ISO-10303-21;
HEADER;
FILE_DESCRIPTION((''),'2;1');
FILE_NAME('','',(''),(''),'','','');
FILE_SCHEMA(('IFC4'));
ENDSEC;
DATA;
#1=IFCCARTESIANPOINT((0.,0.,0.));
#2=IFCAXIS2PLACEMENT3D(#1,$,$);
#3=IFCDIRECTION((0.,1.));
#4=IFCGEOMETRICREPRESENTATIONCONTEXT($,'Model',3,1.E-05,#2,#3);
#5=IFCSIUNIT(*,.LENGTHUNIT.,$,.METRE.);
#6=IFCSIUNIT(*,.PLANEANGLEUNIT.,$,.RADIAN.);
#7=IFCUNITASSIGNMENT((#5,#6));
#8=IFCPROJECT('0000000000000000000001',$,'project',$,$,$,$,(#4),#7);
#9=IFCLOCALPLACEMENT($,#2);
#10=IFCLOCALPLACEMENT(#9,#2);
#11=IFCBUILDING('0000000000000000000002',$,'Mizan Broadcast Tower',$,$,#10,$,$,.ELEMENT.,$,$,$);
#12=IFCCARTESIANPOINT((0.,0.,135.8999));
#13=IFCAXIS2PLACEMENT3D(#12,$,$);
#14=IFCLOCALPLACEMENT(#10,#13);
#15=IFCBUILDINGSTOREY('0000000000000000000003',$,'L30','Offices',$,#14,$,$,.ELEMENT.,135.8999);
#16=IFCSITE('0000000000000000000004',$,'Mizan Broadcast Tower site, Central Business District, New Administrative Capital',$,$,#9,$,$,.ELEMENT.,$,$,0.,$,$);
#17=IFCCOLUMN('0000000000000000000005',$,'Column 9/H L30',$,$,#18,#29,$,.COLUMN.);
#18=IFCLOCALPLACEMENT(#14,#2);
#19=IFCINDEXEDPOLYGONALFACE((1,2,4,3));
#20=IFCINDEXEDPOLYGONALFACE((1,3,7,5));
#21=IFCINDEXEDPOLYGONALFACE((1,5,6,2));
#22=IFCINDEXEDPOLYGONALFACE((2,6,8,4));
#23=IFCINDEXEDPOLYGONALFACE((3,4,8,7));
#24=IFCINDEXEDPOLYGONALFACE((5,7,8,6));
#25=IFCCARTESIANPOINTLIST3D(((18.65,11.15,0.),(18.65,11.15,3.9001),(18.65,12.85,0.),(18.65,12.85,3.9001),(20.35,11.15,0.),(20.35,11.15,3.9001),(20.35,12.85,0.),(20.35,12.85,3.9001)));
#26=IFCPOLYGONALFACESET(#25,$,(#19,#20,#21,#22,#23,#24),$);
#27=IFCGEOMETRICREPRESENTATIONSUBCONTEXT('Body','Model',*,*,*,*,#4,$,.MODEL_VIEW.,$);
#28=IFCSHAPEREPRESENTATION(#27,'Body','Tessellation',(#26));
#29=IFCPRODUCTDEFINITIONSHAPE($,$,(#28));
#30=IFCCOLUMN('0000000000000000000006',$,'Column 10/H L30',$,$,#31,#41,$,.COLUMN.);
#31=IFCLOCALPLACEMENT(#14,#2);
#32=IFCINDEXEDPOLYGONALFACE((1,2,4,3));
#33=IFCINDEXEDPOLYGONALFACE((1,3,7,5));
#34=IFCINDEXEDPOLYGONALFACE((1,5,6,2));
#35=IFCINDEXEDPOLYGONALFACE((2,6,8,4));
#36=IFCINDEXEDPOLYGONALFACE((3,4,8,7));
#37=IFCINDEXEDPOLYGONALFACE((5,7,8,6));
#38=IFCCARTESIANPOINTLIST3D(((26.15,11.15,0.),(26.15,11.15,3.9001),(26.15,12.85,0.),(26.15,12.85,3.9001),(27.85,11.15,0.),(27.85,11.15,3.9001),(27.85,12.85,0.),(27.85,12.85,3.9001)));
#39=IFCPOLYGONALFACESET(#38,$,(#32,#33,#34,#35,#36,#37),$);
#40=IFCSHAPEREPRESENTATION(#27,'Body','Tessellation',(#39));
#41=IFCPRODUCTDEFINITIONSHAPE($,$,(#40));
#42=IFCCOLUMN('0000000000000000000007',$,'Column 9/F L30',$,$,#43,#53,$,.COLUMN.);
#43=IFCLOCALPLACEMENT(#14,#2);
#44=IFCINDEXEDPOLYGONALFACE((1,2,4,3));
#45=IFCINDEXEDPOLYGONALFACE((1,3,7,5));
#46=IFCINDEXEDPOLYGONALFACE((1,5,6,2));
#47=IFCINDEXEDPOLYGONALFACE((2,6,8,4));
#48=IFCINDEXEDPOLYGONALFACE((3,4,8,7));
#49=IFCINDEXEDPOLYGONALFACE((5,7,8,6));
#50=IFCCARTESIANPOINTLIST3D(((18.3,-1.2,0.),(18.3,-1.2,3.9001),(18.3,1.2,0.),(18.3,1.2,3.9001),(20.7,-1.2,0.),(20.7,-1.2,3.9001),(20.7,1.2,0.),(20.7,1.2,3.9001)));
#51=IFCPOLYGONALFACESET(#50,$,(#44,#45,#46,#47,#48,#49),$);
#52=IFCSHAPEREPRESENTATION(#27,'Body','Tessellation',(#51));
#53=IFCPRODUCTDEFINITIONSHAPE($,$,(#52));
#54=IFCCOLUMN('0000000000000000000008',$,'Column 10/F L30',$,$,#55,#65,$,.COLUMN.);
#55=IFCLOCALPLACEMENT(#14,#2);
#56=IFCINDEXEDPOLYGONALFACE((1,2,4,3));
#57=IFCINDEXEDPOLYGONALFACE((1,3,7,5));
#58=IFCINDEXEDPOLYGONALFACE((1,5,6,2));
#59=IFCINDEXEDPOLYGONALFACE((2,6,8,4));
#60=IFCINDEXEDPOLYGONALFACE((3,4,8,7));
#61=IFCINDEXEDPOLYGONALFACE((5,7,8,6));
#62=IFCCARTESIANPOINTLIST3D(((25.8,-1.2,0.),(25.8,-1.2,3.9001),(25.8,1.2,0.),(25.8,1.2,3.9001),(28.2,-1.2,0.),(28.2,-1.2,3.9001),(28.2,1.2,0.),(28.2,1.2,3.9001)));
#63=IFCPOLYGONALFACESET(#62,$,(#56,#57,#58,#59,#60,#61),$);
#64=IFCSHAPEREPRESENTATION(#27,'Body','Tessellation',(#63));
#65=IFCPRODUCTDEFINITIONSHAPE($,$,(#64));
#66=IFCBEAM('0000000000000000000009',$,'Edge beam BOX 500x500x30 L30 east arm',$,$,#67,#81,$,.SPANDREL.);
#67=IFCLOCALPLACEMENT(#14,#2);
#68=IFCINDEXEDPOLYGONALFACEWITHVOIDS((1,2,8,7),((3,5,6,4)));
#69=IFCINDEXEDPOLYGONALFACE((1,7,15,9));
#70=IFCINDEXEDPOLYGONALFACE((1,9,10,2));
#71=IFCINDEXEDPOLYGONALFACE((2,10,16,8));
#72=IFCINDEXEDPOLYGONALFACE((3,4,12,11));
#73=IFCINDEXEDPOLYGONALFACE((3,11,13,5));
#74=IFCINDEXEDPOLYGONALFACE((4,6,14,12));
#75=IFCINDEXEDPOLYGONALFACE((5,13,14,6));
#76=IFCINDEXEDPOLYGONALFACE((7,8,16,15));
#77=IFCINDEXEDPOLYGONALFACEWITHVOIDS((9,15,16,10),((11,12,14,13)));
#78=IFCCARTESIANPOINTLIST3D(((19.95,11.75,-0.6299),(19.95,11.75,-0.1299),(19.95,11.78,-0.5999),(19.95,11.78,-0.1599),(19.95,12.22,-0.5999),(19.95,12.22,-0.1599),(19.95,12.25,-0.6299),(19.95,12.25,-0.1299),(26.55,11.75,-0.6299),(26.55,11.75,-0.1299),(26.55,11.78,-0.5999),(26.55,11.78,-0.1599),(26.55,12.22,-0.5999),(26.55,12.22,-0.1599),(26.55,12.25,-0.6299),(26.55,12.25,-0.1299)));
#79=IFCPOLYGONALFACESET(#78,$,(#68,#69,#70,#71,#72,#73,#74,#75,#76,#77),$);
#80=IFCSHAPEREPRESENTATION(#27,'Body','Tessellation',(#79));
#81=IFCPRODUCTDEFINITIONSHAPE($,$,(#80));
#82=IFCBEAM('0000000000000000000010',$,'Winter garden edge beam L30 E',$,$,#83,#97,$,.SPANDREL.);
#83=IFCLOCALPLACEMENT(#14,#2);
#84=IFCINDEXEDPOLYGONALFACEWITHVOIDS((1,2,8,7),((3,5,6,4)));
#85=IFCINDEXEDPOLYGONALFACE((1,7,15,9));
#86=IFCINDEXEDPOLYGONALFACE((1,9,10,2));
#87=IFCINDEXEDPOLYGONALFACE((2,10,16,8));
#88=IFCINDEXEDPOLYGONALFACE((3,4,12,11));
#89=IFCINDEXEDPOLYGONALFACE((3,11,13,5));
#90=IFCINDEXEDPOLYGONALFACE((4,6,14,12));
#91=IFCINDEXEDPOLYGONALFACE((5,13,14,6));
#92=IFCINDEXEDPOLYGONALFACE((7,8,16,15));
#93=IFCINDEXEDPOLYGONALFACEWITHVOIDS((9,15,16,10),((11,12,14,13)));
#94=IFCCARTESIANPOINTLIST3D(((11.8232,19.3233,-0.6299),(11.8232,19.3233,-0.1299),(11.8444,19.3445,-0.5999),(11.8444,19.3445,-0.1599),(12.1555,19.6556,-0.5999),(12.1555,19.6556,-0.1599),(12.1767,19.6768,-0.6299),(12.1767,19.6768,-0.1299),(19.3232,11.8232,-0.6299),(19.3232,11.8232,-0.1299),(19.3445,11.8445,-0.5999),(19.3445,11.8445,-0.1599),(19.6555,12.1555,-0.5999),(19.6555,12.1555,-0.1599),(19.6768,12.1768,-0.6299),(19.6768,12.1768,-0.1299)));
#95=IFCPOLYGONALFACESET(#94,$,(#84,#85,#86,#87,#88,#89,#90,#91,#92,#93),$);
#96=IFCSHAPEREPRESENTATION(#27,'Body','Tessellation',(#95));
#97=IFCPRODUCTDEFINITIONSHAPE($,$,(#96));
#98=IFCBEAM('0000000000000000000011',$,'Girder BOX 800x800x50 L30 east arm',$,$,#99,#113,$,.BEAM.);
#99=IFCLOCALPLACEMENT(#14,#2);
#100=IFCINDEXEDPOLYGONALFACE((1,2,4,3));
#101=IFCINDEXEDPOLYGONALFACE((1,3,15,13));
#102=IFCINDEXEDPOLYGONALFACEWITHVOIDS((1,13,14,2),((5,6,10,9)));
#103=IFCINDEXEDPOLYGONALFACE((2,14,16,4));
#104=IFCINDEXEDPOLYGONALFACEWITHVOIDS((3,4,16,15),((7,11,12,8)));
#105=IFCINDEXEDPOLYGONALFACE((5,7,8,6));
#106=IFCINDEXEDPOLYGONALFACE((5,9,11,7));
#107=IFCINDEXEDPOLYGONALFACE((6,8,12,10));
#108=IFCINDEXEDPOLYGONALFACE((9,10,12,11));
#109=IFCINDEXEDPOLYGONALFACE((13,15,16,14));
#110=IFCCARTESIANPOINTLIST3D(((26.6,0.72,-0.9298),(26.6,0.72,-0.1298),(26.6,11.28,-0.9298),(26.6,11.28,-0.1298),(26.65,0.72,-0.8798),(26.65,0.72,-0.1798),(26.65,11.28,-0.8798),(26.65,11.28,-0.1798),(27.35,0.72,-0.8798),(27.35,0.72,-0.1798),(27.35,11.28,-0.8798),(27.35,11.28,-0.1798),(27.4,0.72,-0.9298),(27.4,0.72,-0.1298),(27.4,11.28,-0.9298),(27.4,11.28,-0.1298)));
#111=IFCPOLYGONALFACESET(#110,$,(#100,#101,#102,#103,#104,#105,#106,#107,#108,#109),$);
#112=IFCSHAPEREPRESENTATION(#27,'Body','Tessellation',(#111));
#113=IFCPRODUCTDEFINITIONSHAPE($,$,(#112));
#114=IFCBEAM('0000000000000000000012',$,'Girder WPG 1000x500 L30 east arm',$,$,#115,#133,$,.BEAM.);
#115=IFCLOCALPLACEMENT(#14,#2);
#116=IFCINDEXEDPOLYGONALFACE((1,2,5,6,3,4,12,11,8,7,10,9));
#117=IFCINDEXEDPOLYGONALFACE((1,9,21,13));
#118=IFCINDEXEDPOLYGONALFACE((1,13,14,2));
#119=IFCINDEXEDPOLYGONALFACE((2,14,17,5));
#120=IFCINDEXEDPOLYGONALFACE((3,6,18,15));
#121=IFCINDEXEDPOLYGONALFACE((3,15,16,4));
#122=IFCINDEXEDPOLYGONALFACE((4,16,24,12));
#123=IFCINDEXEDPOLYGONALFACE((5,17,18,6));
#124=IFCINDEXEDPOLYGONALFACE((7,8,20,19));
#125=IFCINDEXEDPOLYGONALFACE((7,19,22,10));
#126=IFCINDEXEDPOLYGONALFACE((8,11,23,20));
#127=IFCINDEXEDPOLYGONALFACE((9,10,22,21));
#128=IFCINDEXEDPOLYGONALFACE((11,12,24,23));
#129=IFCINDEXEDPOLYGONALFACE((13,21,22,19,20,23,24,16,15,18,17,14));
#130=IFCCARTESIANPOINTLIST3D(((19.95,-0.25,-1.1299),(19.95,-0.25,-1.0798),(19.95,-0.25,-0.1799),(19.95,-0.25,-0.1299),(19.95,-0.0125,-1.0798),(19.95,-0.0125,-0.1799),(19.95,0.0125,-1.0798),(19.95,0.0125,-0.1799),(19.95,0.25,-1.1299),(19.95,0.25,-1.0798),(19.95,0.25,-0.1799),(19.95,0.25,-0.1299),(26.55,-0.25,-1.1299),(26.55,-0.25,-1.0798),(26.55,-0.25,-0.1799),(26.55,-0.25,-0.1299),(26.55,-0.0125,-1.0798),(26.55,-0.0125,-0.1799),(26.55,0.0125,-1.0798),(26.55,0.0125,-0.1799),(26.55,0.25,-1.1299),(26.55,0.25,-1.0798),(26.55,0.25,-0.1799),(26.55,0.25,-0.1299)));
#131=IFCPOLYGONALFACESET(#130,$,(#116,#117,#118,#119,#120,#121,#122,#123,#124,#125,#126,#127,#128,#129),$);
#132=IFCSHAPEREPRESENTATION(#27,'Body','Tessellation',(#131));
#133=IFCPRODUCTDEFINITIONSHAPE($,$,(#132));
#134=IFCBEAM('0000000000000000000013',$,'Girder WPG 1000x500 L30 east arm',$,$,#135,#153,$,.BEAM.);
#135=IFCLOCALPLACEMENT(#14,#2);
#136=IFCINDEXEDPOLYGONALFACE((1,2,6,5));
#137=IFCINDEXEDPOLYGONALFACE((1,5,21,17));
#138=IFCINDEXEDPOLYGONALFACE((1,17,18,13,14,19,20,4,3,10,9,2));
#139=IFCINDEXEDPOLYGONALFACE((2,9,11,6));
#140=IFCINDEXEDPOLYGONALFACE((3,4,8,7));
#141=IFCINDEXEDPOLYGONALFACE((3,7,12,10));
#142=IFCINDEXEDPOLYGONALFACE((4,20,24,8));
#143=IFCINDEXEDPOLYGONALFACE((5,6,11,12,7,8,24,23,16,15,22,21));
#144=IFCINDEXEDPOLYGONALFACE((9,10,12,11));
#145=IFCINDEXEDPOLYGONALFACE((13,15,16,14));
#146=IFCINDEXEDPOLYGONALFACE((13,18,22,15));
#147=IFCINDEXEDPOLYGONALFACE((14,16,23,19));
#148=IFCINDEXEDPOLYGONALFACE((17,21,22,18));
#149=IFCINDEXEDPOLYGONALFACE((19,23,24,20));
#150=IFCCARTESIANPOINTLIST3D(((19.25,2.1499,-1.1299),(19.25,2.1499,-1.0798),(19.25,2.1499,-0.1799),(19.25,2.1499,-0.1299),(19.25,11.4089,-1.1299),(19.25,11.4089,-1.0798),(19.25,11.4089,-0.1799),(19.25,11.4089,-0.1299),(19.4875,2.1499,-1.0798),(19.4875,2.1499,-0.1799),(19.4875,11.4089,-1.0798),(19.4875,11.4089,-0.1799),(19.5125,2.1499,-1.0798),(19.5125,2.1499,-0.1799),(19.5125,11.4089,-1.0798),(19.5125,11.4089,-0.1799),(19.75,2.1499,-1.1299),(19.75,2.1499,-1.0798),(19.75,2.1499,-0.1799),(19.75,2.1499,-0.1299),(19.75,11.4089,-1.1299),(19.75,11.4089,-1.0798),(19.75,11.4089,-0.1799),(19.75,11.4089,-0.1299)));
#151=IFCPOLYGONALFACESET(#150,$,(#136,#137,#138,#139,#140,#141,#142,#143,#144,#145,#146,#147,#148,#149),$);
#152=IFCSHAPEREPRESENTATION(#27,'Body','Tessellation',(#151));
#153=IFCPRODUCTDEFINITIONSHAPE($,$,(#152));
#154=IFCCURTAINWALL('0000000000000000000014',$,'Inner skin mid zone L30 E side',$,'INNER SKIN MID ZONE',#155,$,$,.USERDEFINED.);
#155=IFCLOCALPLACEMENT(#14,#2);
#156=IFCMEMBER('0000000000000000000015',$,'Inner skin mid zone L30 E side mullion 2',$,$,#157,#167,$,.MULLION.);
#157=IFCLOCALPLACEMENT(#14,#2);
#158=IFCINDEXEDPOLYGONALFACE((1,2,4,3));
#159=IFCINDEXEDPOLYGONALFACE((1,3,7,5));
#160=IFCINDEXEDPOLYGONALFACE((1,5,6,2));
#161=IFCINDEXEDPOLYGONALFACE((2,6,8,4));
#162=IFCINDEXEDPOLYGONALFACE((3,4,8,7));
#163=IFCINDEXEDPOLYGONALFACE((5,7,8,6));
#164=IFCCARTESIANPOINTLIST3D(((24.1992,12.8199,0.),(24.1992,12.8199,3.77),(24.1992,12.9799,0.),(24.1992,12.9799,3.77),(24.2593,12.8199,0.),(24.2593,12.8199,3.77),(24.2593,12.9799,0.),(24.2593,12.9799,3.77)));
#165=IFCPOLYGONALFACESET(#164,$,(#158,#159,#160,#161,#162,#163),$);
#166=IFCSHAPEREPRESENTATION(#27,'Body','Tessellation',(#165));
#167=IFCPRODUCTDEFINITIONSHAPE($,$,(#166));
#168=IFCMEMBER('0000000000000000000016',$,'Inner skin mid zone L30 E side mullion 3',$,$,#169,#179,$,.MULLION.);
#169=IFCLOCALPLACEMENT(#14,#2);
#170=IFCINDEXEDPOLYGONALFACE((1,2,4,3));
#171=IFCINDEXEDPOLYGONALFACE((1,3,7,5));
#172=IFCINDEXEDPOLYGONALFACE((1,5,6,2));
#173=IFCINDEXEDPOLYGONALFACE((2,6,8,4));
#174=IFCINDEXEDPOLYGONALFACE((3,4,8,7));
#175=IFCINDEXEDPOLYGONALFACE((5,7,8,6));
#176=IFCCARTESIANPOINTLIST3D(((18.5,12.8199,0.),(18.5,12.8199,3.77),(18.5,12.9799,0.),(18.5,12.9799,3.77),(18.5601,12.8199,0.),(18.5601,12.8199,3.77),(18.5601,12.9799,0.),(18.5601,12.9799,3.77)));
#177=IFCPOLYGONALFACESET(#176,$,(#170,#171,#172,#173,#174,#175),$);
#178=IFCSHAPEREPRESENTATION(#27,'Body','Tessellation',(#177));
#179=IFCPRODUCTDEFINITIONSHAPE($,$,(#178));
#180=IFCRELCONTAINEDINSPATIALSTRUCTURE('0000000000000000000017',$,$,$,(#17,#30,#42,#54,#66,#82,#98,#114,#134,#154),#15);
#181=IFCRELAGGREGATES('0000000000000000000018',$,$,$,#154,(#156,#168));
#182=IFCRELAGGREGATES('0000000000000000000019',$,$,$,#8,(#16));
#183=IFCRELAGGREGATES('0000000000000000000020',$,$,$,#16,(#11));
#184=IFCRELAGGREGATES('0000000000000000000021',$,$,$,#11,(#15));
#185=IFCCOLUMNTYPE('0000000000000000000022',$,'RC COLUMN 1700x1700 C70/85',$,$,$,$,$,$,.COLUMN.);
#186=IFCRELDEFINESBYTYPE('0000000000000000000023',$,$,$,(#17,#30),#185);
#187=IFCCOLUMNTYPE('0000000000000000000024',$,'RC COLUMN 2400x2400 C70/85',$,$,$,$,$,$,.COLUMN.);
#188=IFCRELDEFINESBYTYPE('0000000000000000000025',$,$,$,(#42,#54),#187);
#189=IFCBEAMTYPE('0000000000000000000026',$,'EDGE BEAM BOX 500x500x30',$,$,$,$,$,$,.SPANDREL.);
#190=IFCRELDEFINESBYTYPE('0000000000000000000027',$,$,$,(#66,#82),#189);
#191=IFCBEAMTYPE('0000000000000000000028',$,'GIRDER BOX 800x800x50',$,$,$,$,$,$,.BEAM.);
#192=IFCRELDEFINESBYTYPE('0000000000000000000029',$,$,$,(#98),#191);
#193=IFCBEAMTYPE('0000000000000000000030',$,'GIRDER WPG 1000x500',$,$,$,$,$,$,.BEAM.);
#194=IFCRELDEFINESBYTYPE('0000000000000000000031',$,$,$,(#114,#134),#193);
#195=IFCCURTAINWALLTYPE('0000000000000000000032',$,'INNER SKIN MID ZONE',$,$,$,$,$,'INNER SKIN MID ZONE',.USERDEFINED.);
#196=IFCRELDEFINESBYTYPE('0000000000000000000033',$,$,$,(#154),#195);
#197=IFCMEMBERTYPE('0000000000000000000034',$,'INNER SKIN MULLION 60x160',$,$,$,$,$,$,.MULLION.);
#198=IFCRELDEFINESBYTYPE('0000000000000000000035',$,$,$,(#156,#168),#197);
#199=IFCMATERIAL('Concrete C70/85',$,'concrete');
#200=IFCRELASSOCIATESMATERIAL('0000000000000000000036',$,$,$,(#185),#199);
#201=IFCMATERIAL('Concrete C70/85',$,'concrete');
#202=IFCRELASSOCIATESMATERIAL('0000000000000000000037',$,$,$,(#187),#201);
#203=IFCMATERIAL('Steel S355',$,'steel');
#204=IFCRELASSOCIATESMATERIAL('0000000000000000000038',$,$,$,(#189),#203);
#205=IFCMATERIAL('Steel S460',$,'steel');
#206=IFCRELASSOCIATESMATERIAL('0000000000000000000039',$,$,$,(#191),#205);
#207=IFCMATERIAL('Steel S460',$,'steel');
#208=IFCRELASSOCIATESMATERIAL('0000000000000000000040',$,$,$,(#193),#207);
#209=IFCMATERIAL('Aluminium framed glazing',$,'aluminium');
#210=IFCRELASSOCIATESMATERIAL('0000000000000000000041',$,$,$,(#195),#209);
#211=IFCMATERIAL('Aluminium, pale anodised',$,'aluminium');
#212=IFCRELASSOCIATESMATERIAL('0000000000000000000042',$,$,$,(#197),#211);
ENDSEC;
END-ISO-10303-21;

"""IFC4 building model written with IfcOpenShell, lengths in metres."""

from ifc_helpers import new_model, si_unit, direction, frame, origin, origin_2d, place, context, subcontext, project, spatial, rectangle, hollow_rectangle, i_section, extrude, material, material_profile, profile_set, type_object, element, aggregate, save


model = new_model("IFC4")

# Units and contexts
model_context = context("Model", 3, precision=1e-05, world=origin(), true_north=direction((0.0, 1.0)))
body_context = subcontext(model_context, "Body", "Model", "MODEL_VIEW")
ifc_project = project(units=[si_unit("LENGTHUNIT", "METRE"), si_unit("PLANEANGLEUNIT", "RADIAN")], contexts=[model_context])

# Site, building, storey
site_placement = place(None, origin())
site = spatial("IfcSite", under=ifc_project, at=site_placement, Name="Mizan Broadcast Tower site, Central Business District, New Administrative Capital", CompositionType="ELEMENT", RefElevation=0.0)
building_placement = place(site_placement, origin())
building = spatial("IfcBuilding", under=site, at=building_placement, Name="Mizan Broadcast Tower", CompositionType="ELEMENT")
storey_placement = place(building_placement, frame((0.0, 0.0, 135.8999)))
storey = spatial("IfcBuildingStorey", under=building, at=storey_placement, Name="L30", Description="Offices", CompositionType="ELEMENT", Elevation=135.8999)

# Columns
ifc_material_1 = material(Name="Concrete C70/85", Category="concrete")
ifc_material_profile_1 = material_profile(ifc_material_1, rectangle(XDim=1.7, YDim=1.7, at=origin_2d()), Name="RC 1700x1700")
ifc_profile_set_1 = profile_set([ifc_material_profile_1], Name="Concrete C70/85")
column_type_1 = type_object("IfcColumnType", Name="RC COLUMN 1700x1700 C70/85", PredefinedType="COLUMN", material=ifc_profile_set_1)
for number, where, z_axis, x_axis, name in (
    (1, (19.5, 12.0, 0.0), (0.0, 0.0, 1.0), (1.0, 0.0, 0.0), "Column 9/H L30"),
    (2, (27.0, 12.0, 0.0), (0.0, 0.0, 1.0), (1.0, 0.0, 0.0), "Column 10/H L30"),
):
    element("IfcColumn", number, at=place(storey_placement, frame(where, z_axis=z_axis, x_axis=x_axis)), inside=storey, type_object=column_type_1, Name=name, PredefinedType="COLUMN", context=body_context, shape_type="SweptSolid", body=[
        extrude(rectangle(XDim=1.7, YDim=1.7, at=origin_2d()), origin(), (0.0, 0.0, 1.0), 3.9001),
    ])
ifc_material_2 = material(Name="Concrete C70/85", Category="concrete")
ifc_material_profile_2 = material_profile(ifc_material_2, rectangle(XDim=2.3999, YDim=2.3999, at=origin_2d()), Name="RC 2400x2400")
ifc_profile_set_2 = profile_set([ifc_material_profile_2], Name="Concrete C70/85")
column_type_2 = type_object("IfcColumnType", Name="RC COLUMN 2400x2400 C70/85", PredefinedType="COLUMN", material=ifc_profile_set_2)
for number, where, z_axis, x_axis, name in (
    (3, (19.5, 0.0, 0.0), (0.0, 0.0, 1.0), (1.0, 0.0, 0.0), "Column 9/F L30"),
    (4, (27.0, 0.0, 0.0), (0.0, 0.0, 1.0), (1.0, 0.0, 0.0), "Column 10/F L30"),
):
    element("IfcColumn", number, at=place(storey_placement, frame(where, z_axis=z_axis, x_axis=x_axis)), inside=storey, type_object=column_type_2, Name=name, PredefinedType="COLUMN", context=body_context, shape_type="SweptSolid", body=[
        extrude(rectangle(XDim=2.3999, YDim=2.3999, at=origin_2d()), origin(), (0.0, 0.0, 1.0), 3.9001),
    ])

# Beams
ifc_material_3 = material(Name="Steel S355", Category="steel")
ifc_material_profile_3 = material_profile(ifc_material_3, hollow_rectangle(XDim=0.5, YDim=0.5, WallThickness=0.03, at=origin_2d()), Name="BOX 500x500x30")
ifc_profile_set_3 = profile_set([ifc_material_profile_3], Name="Steel S355")
beam_type_1 = type_object("IfcBeamType", Name="EDGE BEAM BOX 500x500x30", PredefinedType="SPANDREL", material=ifc_profile_set_3)
beam_1_placement = place(storey_placement, frame((19.95, 12.0, -0.3799), z_axis=(1.0, 0.0, 0.0), x_axis=(0.0, 1.0, 0.0)))
element("IfcBeam", 5, at=beam_1_placement, inside=storey, type_object=beam_type_1, Name="Edge beam BOX 500x500x30 L30 east arm", PredefinedType="SPANDREL", context=body_context, shape_type="SweptSolid", body=[
    extrude(hollow_rectangle(XDim=0.5, YDim=0.5, WallThickness=0.03, at=origin_2d()), origin(), (0.0, 0.0, 1.0), 6.6001),
])
beam_2_placement = place(storey_placement, frame((19.5, 12.0, -0.3799), z_axis=(-0.707107, 0.707107, 0.0), x_axis=(-0.707107, -0.707107, 0.0)))
element("IfcBeam", 6, at=beam_2_placement, inside=storey, type_object=beam_type_1, Name="Winter garden edge beam L30 E", PredefinedType="SPANDREL", context=body_context, shape_type="SweptSolid", body=[
    extrude(hollow_rectangle(XDim=0.5, YDim=0.5, WallThickness=0.03, at=origin_2d()), origin(), (0.0, 0.0, 1.0), 10.6067),
])
ifc_material_4 = material(Name="Steel S460", Category="steel")
ifc_material_profile_4 = material_profile(ifc_material_4, hollow_rectangle(XDim=0.8, YDim=0.8, WallThickness=0.05, at=origin_2d()), Name="BOX 800x800x50")
ifc_profile_set_4 = profile_set([ifc_material_profile_4], Name="Steel S460")
beam_type_2 = type_object("IfcBeamType", Name="GIRDER BOX 800x800x50", PredefinedType="BEAM", material=ifc_profile_set_4)
beam_3_placement = place(storey_placement, frame((27.0, 11.28, -0.5298), z_axis=(0.0, -1.0, 0.0), x_axis=(1.0, 0.0, 0.0)))
element("IfcBeam", 7, at=beam_3_placement, inside=storey, type_object=beam_type_2, Name="Girder BOX 800x800x50 L30 east arm", PredefinedType="BEAM", context=body_context, shape_type="SweptSolid", body=[
    extrude(hollow_rectangle(XDim=0.8, YDim=0.8, WallThickness=0.05, at=origin_2d()), origin(), (0.0, 0.0, 1.0), 10.5601),
])
ifc_material_5 = material(Name="Steel S460", Category="steel")
ifc_material_profile_5 = material_profile(ifc_material_5, i_section(OverallWidth=0.5, OverallDepth=1.0, WebThickness=0.0249, FlangeThickness=0.05, at=origin_2d()), Name="WPG 1000x500")
ifc_profile_set_5 = profile_set([ifc_material_profile_5], Name="Steel S460")
beam_type_3 = type_object("IfcBeamType", Name="GIRDER WPG 1000x500", PredefinedType="BEAM", material=ifc_profile_set_5)
beam_4_placement = place(storey_placement, frame((19.95, 0.0, -0.6299), z_axis=(1.0, 0.0, 0.0), x_axis=(0.0, 1.0, 0.0)))
element("IfcBeam", 8, at=beam_4_placement, inside=storey, type_object=beam_type_3, Name="Girder WPG 1000x500 L30 east arm", PredefinedType="BEAM", context=body_context, shape_type="SweptSolid", body=[
    extrude(i_section(OverallWidth=0.5, OverallDepth=1.0, WebThickness=0.0249, FlangeThickness=0.05, at=origin_2d()), origin(), (0.0, 0.0, 1.0), 6.6001),
])
beam_5_placement = place(storey_placement, frame((19.5, 11.4089, -0.6299), z_axis=(0.0, -1.0, 0.0), x_axis=(1.0, 0.0, 0.0)))
element("IfcBeam", 9, at=beam_5_placement, inside=storey, type_object=beam_type_3, Name="Girder WPG 1000x500 L30 east arm", PredefinedType="BEAM", context=body_context, shape_type="SweptSolid", body=[
    extrude(i_section(OverallWidth=0.5, OverallDepth=1.0, WebThickness=0.0249, FlangeThickness=0.05, at=origin_2d()), origin(), (0.0, 0.0, 1.0), 9.259),
])

# Curtain wall, members
ifc_material_6 = material(Name="Aluminium framed glazing", Category="aluminium")
curtain_wall_type_1 = type_object("IfcCurtainWallType", Name="INNER SKIN MID ZONE", ElementType="INNER SKIN MID ZONE", PredefinedType="USERDEFINED", material=ifc_material_6)
curtain_wall_1_placement = place(storey_placement, origin())
curtain_wall_1 = element("IfcCurtainWall", 10, at=curtain_wall_1_placement, inside=storey, type_object=curtain_wall_type_1, Name="Inner skin mid zone L30 E side", ObjectType="INNER SKIN MID ZONE", PredefinedType="USERDEFINED")
ifc_material_7 = material(Name="Aluminium, pale anodised", Category="aluminium")
ifc_material_profile_6 = material_profile(ifc_material_7, rectangle(XDim=0.1599, YDim=0.0601, at=origin_2d()), Name="MULLION 160x60")
ifc_profile_set_6 = profile_set([ifc_material_profile_6], Name="Aluminium, pale anodised")
member_type_1 = type_object("IfcMemberType", Name="INNER SKIN MULLION 60x160", PredefinedType="MULLION", material=ifc_profile_set_6)
member_1_placement = place(storey_placement, frame((24.2292, 12.8999, 0.0), z_axis=(0.0, 0.0, 1.0), x_axis=(0.0, -1.0, 0.0)))
member_1 = element("IfcMember", 11, at=member_1_placement, type_object=member_type_1, Name="Inner skin mid zone L30 E side mullion 2", PredefinedType="MULLION", context=body_context, shape_type="SweptSolid", body=[
    extrude(rectangle(XDim=0.1599, YDim=0.0601, at=origin_2d()), origin(), (0.0, 0.0, 1.0), 3.77),
])
member_2_placement = place(storey_placement, frame((18.53, 12.8999, 0.0), z_axis=(0.0, 0.0, 1.0), x_axis=(0.0, -1.0, 0.0)))
member_2 = element("IfcMember", 12, at=member_2_placement, type_object=member_type_1, Name="Inner skin mid zone L30 E side mullion 3", PredefinedType="MULLION", context=body_context, shape_type="SweptSolid", body=[
    extrude(rectangle(XDim=0.1599, YDim=0.0601, at=origin_2d()), origin(), (0.0, 0.0, 1.0), 3.77),
])

aggregate(curtain_wall_1, [member_1, member_2])

save(model, "model.ifc")
